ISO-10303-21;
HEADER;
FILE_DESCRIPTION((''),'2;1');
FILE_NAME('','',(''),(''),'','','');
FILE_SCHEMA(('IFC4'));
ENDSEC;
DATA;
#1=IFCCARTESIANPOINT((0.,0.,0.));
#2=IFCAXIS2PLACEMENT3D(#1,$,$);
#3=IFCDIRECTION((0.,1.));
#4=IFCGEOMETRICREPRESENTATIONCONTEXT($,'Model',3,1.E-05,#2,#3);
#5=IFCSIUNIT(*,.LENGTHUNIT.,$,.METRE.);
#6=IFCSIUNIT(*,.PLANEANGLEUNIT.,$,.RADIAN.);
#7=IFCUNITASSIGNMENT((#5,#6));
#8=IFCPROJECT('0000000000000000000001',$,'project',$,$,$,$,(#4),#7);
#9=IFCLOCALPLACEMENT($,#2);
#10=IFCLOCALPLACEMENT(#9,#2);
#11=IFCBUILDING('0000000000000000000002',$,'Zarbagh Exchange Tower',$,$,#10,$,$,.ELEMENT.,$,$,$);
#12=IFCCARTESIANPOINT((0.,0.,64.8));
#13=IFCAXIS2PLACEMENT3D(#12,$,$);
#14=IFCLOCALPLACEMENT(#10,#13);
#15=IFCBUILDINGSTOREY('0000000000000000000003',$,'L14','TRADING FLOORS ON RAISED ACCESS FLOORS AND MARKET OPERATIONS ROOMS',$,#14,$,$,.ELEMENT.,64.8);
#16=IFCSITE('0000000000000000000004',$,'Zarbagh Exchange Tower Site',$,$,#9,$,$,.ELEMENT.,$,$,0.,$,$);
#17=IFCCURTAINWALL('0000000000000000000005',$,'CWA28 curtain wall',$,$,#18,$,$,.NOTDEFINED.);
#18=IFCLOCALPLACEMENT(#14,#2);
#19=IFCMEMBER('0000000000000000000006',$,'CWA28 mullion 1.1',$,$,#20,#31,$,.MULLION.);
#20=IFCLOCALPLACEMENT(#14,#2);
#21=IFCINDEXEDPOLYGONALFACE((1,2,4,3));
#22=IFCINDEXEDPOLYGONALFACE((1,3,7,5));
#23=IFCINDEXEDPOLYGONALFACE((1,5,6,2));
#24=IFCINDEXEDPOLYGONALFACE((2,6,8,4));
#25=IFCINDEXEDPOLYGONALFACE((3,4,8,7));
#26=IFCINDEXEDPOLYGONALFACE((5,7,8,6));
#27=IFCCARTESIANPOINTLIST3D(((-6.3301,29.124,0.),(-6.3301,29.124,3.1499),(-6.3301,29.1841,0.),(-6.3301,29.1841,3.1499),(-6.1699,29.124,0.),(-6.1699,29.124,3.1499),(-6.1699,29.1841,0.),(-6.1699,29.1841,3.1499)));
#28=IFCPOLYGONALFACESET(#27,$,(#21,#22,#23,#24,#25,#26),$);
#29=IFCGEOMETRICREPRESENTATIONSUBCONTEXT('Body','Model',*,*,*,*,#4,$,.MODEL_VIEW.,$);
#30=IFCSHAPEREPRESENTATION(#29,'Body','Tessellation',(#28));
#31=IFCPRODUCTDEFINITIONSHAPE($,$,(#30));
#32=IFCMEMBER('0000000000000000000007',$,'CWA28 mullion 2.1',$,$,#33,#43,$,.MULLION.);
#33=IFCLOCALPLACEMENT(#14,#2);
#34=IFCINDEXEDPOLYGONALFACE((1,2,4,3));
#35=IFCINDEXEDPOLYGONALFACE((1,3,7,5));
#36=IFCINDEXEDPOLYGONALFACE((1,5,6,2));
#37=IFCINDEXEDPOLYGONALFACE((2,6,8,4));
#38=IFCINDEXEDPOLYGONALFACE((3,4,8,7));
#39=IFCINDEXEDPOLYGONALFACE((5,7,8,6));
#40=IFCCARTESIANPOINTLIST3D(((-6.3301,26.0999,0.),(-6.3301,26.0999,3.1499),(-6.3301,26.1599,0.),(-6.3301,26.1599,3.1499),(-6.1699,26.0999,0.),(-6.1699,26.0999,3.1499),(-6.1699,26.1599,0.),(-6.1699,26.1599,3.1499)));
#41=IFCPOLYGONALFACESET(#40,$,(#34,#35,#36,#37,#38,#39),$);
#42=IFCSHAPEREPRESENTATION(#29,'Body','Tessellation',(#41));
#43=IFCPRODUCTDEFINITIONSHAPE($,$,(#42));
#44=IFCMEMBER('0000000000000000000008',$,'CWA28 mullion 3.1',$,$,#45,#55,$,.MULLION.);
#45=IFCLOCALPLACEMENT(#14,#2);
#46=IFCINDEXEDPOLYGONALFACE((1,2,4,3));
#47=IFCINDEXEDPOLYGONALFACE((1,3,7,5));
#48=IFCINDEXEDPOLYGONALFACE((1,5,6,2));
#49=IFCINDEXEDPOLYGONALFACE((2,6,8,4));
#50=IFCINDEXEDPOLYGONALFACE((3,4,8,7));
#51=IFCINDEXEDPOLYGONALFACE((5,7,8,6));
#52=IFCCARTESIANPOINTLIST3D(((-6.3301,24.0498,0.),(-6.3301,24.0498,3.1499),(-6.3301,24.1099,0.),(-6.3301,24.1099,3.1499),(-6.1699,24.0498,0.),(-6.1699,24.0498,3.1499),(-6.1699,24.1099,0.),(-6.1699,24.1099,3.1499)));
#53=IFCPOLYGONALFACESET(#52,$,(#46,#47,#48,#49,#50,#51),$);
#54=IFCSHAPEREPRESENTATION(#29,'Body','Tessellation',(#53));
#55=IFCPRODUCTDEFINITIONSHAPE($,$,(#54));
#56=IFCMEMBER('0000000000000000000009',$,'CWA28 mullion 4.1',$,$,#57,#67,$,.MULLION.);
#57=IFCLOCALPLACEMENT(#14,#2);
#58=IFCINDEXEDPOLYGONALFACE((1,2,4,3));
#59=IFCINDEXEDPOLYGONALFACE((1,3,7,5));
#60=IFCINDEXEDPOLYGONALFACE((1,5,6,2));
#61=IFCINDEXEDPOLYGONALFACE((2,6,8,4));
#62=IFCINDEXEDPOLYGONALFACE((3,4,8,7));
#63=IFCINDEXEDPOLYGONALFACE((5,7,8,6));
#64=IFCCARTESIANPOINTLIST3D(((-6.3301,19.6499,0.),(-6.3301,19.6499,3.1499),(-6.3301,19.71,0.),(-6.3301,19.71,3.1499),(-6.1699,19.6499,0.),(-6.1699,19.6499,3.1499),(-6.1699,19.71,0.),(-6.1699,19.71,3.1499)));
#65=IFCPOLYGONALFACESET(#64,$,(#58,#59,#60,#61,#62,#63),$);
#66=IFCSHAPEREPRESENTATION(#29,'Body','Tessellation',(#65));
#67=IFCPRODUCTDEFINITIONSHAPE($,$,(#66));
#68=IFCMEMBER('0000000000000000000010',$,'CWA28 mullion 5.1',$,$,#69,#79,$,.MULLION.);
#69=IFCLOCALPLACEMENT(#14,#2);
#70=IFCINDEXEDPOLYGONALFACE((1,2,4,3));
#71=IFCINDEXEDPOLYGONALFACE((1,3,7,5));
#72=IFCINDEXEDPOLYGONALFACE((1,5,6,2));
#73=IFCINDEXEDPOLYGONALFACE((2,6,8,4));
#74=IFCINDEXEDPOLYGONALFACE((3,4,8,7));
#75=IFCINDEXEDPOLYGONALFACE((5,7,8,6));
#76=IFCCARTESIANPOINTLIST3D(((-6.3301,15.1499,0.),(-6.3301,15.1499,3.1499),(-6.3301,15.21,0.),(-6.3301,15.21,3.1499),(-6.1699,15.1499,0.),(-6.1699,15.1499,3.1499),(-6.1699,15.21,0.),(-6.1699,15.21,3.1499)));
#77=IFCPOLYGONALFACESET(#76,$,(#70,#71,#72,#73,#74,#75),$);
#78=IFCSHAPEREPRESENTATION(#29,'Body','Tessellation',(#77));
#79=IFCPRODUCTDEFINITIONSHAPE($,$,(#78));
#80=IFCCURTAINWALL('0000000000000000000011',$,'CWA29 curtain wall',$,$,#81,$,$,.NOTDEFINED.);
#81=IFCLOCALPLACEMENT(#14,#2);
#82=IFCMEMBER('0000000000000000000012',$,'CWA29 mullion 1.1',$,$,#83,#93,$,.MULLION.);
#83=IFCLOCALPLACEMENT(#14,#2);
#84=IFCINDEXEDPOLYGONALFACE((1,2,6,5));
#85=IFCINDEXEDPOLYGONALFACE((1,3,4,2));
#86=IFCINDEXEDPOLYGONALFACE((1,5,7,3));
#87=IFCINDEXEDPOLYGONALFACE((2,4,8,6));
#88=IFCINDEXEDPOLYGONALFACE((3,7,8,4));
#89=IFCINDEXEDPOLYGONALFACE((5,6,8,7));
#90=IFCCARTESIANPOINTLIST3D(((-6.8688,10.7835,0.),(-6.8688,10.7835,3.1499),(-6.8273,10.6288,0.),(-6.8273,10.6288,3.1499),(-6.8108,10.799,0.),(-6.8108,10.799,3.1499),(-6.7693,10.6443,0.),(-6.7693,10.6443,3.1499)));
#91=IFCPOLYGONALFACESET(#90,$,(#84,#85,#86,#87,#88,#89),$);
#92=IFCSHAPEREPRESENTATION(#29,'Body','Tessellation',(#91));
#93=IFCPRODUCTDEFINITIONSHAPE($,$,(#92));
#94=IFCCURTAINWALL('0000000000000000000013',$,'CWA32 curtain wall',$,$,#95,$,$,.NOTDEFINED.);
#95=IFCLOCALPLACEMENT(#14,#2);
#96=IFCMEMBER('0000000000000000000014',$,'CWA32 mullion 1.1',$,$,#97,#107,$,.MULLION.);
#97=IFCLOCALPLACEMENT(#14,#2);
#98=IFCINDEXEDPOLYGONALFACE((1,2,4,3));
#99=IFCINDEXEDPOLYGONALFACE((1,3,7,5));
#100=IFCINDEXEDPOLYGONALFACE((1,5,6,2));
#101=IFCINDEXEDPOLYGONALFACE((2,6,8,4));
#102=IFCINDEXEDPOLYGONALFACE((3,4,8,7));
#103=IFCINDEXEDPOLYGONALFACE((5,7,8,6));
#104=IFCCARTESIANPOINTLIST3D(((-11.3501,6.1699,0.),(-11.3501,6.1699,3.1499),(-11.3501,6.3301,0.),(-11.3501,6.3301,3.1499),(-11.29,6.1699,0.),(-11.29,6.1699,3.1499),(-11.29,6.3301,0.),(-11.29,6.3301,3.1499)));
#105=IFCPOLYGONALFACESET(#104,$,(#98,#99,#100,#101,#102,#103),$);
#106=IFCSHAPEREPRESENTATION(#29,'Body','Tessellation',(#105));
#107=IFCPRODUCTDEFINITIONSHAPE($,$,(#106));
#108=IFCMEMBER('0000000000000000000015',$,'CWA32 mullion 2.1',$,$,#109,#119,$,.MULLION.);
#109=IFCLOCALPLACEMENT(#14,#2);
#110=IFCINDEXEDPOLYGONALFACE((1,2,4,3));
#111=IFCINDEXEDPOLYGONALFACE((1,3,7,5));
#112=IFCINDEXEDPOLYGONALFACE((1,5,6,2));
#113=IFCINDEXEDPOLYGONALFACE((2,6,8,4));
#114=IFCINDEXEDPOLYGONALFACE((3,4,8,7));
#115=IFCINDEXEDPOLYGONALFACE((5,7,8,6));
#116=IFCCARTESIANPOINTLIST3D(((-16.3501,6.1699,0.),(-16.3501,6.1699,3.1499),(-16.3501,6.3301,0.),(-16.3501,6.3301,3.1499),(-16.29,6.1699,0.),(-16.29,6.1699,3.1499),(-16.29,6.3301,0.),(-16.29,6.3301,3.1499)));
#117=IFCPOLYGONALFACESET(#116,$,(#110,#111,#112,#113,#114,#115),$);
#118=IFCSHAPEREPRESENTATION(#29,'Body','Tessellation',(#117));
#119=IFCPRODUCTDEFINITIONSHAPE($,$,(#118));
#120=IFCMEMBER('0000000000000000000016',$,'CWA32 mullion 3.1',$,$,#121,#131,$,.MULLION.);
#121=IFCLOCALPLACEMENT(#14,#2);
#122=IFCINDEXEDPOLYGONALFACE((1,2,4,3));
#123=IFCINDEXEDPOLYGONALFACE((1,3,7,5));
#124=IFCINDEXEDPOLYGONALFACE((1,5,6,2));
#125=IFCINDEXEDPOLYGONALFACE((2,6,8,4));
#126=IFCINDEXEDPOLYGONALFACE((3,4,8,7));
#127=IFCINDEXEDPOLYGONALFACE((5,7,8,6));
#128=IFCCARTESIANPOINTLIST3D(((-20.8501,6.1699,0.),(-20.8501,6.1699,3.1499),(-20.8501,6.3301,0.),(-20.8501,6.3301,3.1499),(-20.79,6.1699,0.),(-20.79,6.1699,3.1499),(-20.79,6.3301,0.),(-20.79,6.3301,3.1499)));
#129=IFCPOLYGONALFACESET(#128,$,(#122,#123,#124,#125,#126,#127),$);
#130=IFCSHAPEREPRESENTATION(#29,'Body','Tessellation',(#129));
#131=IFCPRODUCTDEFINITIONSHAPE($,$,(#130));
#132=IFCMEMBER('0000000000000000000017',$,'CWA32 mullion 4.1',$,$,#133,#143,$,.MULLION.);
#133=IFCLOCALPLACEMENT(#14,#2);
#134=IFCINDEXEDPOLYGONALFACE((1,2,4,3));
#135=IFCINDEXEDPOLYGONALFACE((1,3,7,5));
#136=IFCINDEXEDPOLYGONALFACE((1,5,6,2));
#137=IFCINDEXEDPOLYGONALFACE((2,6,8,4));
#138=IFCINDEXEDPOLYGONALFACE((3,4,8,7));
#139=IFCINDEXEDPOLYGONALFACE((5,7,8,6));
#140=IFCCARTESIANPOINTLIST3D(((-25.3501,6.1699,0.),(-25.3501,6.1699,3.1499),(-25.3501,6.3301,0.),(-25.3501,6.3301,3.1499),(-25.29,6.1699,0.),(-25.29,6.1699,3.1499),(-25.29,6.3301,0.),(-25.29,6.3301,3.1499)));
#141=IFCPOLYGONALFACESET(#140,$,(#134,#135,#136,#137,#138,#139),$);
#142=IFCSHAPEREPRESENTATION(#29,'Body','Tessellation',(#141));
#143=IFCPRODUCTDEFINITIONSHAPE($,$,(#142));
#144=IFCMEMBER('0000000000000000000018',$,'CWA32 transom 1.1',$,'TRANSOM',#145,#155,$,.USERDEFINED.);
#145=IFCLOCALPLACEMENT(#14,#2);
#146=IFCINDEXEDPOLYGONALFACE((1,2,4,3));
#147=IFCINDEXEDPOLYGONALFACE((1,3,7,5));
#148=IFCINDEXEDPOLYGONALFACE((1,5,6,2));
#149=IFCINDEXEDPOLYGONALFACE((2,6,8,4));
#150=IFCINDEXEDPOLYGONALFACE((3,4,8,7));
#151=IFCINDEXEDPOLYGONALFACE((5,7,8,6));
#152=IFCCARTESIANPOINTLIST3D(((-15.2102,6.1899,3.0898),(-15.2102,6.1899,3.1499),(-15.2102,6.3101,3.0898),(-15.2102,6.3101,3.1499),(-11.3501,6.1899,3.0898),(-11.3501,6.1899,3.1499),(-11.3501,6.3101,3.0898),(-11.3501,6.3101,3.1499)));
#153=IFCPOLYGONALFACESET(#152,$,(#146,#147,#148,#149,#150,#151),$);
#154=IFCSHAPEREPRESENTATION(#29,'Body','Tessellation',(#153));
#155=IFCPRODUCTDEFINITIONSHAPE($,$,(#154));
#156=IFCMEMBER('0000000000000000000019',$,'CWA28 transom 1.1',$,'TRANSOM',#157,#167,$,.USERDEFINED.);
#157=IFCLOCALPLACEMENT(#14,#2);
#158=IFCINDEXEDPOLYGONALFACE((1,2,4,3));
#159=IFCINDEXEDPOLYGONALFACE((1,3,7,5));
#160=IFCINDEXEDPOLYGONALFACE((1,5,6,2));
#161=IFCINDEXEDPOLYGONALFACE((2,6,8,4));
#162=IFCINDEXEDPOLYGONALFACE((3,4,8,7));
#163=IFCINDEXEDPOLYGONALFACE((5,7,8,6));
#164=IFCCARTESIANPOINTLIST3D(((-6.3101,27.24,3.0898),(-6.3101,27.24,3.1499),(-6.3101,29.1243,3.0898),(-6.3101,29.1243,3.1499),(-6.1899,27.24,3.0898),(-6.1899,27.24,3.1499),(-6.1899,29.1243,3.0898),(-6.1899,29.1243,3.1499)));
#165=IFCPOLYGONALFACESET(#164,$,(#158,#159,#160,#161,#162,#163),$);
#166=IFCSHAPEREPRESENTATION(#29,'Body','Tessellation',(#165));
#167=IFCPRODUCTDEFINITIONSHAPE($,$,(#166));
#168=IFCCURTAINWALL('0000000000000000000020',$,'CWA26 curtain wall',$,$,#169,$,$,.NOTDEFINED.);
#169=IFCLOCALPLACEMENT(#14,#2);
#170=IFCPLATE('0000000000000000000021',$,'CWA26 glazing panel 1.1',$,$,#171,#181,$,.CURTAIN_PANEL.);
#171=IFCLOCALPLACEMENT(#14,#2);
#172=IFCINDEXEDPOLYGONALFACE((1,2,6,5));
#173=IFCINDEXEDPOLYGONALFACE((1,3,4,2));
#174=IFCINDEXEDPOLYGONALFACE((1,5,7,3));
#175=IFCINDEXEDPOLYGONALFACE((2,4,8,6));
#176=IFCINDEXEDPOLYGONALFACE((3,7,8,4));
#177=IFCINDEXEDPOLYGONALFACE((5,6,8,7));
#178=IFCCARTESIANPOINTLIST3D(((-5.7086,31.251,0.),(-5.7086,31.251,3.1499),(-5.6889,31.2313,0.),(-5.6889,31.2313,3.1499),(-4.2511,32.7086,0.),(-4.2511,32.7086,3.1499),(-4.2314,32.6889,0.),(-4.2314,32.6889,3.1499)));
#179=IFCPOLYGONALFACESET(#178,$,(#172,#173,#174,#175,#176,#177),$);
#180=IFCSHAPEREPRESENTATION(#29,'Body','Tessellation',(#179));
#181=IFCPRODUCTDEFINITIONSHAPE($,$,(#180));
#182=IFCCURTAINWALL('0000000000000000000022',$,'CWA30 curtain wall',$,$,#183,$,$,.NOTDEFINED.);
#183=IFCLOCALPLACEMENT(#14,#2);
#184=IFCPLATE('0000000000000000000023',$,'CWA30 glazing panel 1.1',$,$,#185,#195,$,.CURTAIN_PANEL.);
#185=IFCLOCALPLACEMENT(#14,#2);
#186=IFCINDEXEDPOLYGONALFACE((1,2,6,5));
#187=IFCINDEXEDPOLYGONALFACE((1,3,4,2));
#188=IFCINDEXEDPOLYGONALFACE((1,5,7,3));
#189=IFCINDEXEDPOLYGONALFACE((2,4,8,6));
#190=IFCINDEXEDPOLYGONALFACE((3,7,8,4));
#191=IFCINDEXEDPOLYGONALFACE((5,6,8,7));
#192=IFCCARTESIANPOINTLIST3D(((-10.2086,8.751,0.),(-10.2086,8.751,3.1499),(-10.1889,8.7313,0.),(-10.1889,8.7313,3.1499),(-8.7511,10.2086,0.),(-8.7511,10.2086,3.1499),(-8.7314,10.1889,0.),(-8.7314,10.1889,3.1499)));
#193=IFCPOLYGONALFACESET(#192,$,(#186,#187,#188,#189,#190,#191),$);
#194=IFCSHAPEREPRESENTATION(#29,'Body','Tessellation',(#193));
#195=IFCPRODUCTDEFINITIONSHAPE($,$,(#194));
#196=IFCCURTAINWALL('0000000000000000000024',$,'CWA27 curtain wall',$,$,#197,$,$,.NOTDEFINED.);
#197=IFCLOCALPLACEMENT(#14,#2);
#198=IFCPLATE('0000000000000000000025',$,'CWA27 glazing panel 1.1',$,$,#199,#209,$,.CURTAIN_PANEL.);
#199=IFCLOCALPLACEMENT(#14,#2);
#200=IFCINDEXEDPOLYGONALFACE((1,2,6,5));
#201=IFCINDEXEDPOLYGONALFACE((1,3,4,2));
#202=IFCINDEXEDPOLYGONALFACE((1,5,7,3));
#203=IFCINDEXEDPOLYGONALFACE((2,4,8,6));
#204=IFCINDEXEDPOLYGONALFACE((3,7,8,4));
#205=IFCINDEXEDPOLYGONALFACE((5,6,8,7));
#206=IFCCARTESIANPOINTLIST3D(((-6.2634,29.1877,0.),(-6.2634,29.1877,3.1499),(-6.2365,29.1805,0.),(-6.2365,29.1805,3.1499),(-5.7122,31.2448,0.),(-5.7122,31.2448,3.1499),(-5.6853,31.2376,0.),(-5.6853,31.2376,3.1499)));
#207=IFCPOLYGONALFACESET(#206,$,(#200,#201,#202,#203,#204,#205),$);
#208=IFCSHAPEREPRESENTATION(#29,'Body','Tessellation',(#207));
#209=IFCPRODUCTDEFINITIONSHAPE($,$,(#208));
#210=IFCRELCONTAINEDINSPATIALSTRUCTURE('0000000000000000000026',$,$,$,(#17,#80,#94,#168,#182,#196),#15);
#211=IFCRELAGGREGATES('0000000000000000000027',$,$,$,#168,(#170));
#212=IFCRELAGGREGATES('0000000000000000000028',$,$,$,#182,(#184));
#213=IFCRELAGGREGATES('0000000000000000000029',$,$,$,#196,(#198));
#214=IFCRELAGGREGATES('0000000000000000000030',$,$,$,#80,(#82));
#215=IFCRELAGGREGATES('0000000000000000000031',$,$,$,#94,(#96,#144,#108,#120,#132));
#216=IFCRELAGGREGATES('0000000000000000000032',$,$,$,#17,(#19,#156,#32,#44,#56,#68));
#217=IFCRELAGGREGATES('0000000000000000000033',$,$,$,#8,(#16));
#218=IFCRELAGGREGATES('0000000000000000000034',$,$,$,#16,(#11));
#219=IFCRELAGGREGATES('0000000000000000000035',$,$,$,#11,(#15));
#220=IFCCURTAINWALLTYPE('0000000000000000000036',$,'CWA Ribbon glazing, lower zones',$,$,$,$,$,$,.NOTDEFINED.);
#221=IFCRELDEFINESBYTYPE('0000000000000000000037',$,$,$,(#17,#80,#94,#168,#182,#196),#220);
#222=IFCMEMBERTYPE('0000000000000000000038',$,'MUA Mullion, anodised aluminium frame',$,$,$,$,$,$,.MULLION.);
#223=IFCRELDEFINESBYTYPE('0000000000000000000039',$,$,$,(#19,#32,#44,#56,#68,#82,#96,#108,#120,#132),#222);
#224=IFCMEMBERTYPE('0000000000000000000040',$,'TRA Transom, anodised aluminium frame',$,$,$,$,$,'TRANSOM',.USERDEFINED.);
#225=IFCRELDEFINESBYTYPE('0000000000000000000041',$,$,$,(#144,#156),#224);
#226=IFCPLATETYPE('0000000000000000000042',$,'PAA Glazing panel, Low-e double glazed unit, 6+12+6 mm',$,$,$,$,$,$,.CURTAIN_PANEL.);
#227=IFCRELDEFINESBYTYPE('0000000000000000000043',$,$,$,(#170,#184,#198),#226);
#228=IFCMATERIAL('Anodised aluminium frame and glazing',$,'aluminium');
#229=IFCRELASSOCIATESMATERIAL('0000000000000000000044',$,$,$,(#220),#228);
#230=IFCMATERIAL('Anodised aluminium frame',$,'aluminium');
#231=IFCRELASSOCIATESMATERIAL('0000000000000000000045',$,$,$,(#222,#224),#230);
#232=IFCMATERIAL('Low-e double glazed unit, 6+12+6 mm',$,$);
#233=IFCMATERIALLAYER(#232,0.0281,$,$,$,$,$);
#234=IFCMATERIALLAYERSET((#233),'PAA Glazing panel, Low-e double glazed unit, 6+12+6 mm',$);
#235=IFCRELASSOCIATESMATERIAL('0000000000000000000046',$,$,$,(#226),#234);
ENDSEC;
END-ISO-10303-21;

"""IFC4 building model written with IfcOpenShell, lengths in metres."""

from ifc_helpers import new_model, si_unit, direction, frame, origin, place, context, subcontext, project, spatial, polyline, outline, extrude, source, transform, mapped, material, layer, layer_set, type_object, element, aggregate, save


model = new_model("IFC4")

# Units and contexts
model_context = context("Model", 3, precision=1e-05, world=origin(), true_north=direction((0.0, 1.0)))
body_context = subcontext(model_context, "Body", "Model", "MODEL_VIEW")
ifc_project = project(units=[si_unit("LENGTHUNIT", "METRE"), si_unit("PLANEANGLEUNIT", "RADIAN")], contexts=[model_context])

# Site, building, storey
site_placement = place(None, origin())
site = spatial("IfcSite", under=ifc_project, at=site_placement, Name="Zarbagh Exchange Tower Site", CompositionType="ELEMENT", RefElevation=0.0)
building_placement = place(site_placement, origin())
building = spatial("IfcBuilding", under=site, at=building_placement, Name="Zarbagh Exchange Tower", CompositionType="ELEMENT")
storey_placement = place(building_placement, frame((0.0, 0.0, 64.8)))
storey = spatial("IfcBuildingStorey", under=building, at=storey_placement, Name="L14", Description="TRADING FLOORS ON RAISED ACCESS FLOORS AND MARKET OPERATIONS ROOMS", CompositionType="ELEMENT", Elevation=64.8)

# Curtain wall, members
ifc_material_1 = material(Name="Anodised aluminium frame and glazing", Category="aluminium")
curtain_wall_type = type_object("IfcCurtainWallType", Name="CWA Ribbon glazing, lower zones", PredefinedType="NOTDEFINED", material=ifc_material_1)
curtain_wall_1_placement = place(storey_placement, origin())
curtain_wall_1 = element("IfcCurtainWall", 1, at=curtain_wall_1_placement, inside=storey, type_object=curtain_wall_type, Name="CWA28 curtain wall", PredefinedType="NOTDEFINED")
ifc_material_2 = material(Name="Anodised aluminium frame", Category="aluminium")
member_type_1 = type_object("IfcMemberType", Name="MUA Mullion, anodised aluminium frame", PredefinedType="MULLION", material=ifc_material_2)
shared_shape_1 = source(origin(), body_context, "Body", "SweptSolid", [
    extrude(outline(polyline([(0.0, -0.0801), (0.0601, -0.0801), (0.0601, 0.0801), (0.0, 0.0801), (0.0, -0.0801)])), origin(), (0.0, 0.0, 1.0), 3.1499),
])
placement = place(storey_placement, origin())
member_1 = element("IfcMember", 2, at=placement, type_object=member_type_1, Name="CWA28 mullion 1.1", PredefinedType="MULLION", context=body_context, shape_type="MappedRepresentation", body=[
    mapped(shared_shape_1, transform((-6.25, 29.1841, 0.0), x_axis=(0.0, -1.0, 0.0), y_axis=(1.0, 0.0, 0.0), z_axis=(0.0, 0.0, 1.0))),
])
member_2 = element("IfcMember", 3, at=placement, type_object=member_type_1, Name="CWA28 mullion 2.1", PredefinedType="MULLION", context=body_context, shape_type="MappedRepresentation", body=[
    mapped(shared_shape_1, transform((-6.25, 26.1599, 0.0), x_axis=(0.0, -1.0, 0.0), y_axis=(1.0, 0.0, 0.0), z_axis=(0.0, 0.0, 1.0))),
])
member_3 = element("IfcMember", 4, at=placement, type_object=member_type_1, Name="CWA28 mullion 3.1", PredefinedType="MULLION", context=body_context, shape_type="MappedRepresentation", body=[
    mapped(shared_shape_1, transform((-6.25, 24.1099, 0.0), x_axis=(0.0, -1.0, 0.0), y_axis=(1.0, 0.0, 0.0), z_axis=(0.0, 0.0, 1.0))),
])
member_4 = element("IfcMember", 5, at=placement, type_object=member_type_1, Name="CWA28 mullion 4.1", PredefinedType="MULLION", context=body_context, shape_type="MappedRepresentation", body=[
    mapped(shared_shape_1, transform((-6.25, 19.71, 0.0), x_axis=(0.0, -1.0, 0.0), y_axis=(1.0, 0.0, 0.0), z_axis=(0.0, 0.0, 1.0))),
])
member_5 = element("IfcMember", 6, at=placement, type_object=member_type_1, Name="CWA28 mullion 5.1", PredefinedType="MULLION", context=body_context, shape_type="MappedRepresentation", body=[
    mapped(shared_shape_1, transform((-6.25, 15.21, 0.0), x_axis=(0.0, -1.0, 0.0), y_axis=(1.0, 0.0, 0.0), z_axis=(0.0, 0.0, 1.0))),
])

# Curtain wall, member
curtain_wall_2_placement = place(storey_placement, origin())
curtain_wall_2 = element("IfcCurtainWall", 7, at=curtain_wall_2_placement, inside=storey, type_object=curtain_wall_type, Name="CWA29 curtain wall", PredefinedType="NOTDEFINED")
member_6 = element("IfcMember", 8, at=placement, type_object=member_type_1, Name="CWA29 mullion 1.1", PredefinedType="MULLION", context=body_context, shape_type="MappedRepresentation", body=[
    mapped(shared_shape_1, transform((-6.79, 10.7217, 0.0), x_axis=(-0.965924, -0.258825, 0.0), y_axis=(0.258825, -0.965924, 0.0), z_axis=(0.0, 0.0, 1.0))),
])

# Curtain wall, members
curtain_wall_3_placement = place(storey_placement, origin())
curtain_wall_3 = element("IfcCurtainWall", 9, at=curtain_wall_3_placement, inside=storey, type_object=curtain_wall_type, Name="CWA32 curtain wall", PredefinedType="NOTDEFINED")
member_7 = element("IfcMember", 10, at=placement, type_object=member_type_1, Name="CWA32 mullion 1.1", PredefinedType="MULLION", context=body_context, shape_type="MappedRepresentation", body=[
    mapped(shared_shape_1, transform((-11.29, 6.25, 0.0), x_axis=(-1.0, 0.0, 0.0), y_axis=(0.0, -1.0, 0.0), z_axis=(0.0, 0.0, 1.0))),
])
member_8 = element("IfcMember", 11, at=placement, type_object=member_type_1, Name="CWA32 mullion 2.1", PredefinedType="MULLION", context=body_context, shape_type="MappedRepresentation", body=[
    mapped(shared_shape_1, transform((-16.29, 6.25, 0.0), x_axis=(-1.0, 0.0, 0.0), y_axis=(0.0, -1.0, 0.0), z_axis=(0.0, 0.0, 1.0))),
])
member_9 = element("IfcMember", 12, at=placement, type_object=member_type_1, Name="CWA32 mullion 3.1", PredefinedType="MULLION", context=body_context, shape_type="MappedRepresentation", body=[
    mapped(shared_shape_1, transform((-20.79, 6.25, 0.0), x_axis=(-1.0, 0.0, 0.0), y_axis=(0.0, -1.0, 0.0), z_axis=(0.0, 0.0, 1.0))),
])
member_10 = element("IfcMember", 13, at=placement, type_object=member_type_1, Name="CWA32 mullion 4.1", PredefinedType="MULLION", context=body_context, shape_type="MappedRepresentation", body=[
    mapped(shared_shape_1, transform((-25.29, 6.25, 0.0), x_axis=(-1.0, 0.0, 0.0), y_axis=(0.0, -1.0, 0.0), z_axis=(0.0, 0.0, 1.0))),
])
member_type_2 = type_object("IfcMemberType", Name="TRA Transom, anodised aluminium frame", ElementType="TRANSOM", PredefinedType="USERDEFINED", material=ifc_material_2)
shared_shape_2 = source(origin(), body_context, "Body", "SweptSolid", [
    extrude(outline(polyline([(-0.0601, -0.0601), (0.0, -0.0601), (0.0, 0.0601), (-0.0601, 0.0601), (-0.0601, -0.0601)])), origin(), (0.0, 0.0, 1.0), 3.8601),
])
member_11 = element("IfcMember", 14, at=placement, type_object=member_type_2, Name="CWA32 transom 1.1", ObjectType="TRANSOM", PredefinedType="USERDEFINED", context=body_context, shape_type="MappedRepresentation", body=[
    mapped(shared_shape_2, transform((-11.3501, 6.25, 3.1499), x_axis=(0.0, 0.0, 1.0), y_axis=(0.0, 1.0, 0.0), z_axis=(-1.0, 0.0, 0.0))),
])

# Member
shared_shape_3 = source(origin(), body_context, "Body", "SweptSolid", [
    extrude(outline(polyline([(-0.0601, -0.0601), (0.0, -0.0601), (0.0, 0.0601), (-0.0601, 0.0601), (-0.0601, -0.0601)])), origin(), (0.0, 0.0, 1.0), 1.8843),
])
member_12 = element("IfcMember", 15, at=placement, type_object=member_type_2, Name="CWA28 transom 1.1", ObjectType="TRANSOM", PredefinedType="USERDEFINED", context=body_context, shape_type="MappedRepresentation", body=[
    mapped(shared_shape_3, transform((-6.25, 29.1243, 3.1499), x_axis=(0.0, 0.0, 1.0), y_axis=(-1.0, 0.0, 0.0), z_axis=(0.0, -1.0, 0.0))),
])

# Curtain walls, plates
curtain_wall_4_placement = place(storey_placement, origin())
curtain_wall_4 = element("IfcCurtainWall", 16, at=curtain_wall_4_placement, inside=storey, type_object=curtain_wall_type, Name="CWA26 curtain wall", PredefinedType="NOTDEFINED")
ifc_material_3 = material(Name="Low-e double glazed unit, 6+12+6 mm")
ifc_layer = layer(ifc_material_3, 0.0281)
ifc_layer_set = layer_set([ifc_layer], Name="PAA Glazing panel, Low-e double glazed unit, 6+12+6 mm")
plate_type = type_object("IfcPlateType", Name="PAA Glazing panel, Low-e double glazed unit, 6+12+6 mm", PredefinedType="CURTAIN_PANEL", material=ifc_layer_set)
shared_shape_4 = source(origin(), body_context, "Body", "SweptSolid", [
    extrude(outline(polyline([(0.0, -0.0139), (2.0613, -0.0139), (2.0613, 0.0139), (0.0, 0.0139), (0.0, -0.0139)])), origin(), (0.0, 0.0, 1.0), 3.1499),
])
plate_1 = element("IfcPlate", 17, at=placement, type_object=plate_type, Name="CWA26 glazing panel 1.1", PredefinedType="CURTAIN_PANEL", context=body_context, shape_type="MappedRepresentation", body=[
    mapped(shared_shape_4, transform((-4.2412, 32.6987, 0.0), x_axis=(-0.707107, -0.707107, 0.0), y_axis=(0.707107, -0.707107, 0.0), z_axis=(0.0, 0.0, 1.0))),
])
aggregate(curtain_wall_4, [plate_1])
curtain_wall_5_placement = place(storey_placement, origin())
curtain_wall_5 = element("IfcCurtainWall", 18, at=curtain_wall_5_placement, inside=storey, type_object=curtain_wall_type, Name="CWA30 curtain wall", PredefinedType="NOTDEFINED")
plate_2 = element("IfcPlate", 19, at=placement, type_object=plate_type, Name="CWA30 glazing panel 1.1", PredefinedType="CURTAIN_PANEL", context=body_context, shape_type="MappedRepresentation", body=[
    mapped(shared_shape_4, transform((-8.7412, 10.1987, 0.0), x_axis=(-0.707107, -0.707107, 0.0), y_axis=(0.707107, -0.707107, 0.0), z_axis=(0.0, 0.0, 1.0))),
])
aggregate(curtain_wall_5, [plate_2])
curtain_wall_6_placement = place(storey_placement, origin())
curtain_wall_6 = element("IfcCurtainWall", 20, at=curtain_wall_6_placement, inside=storey, type_object=curtain_wall_type, Name="CWA27 curtain wall", PredefinedType="NOTDEFINED")
shared_shape_5 = source(origin(), body_context, "Body", "SweptSolid", [
    extrude(outline(polyline([(0.0, -0.0139), (2.1296, -0.0139), (2.1296, 0.0139), (0.0, 0.0139), (0.0, -0.0139)])), origin(), (0.0, 0.0, 1.0), 3.1499),
])
plate_3 = element("IfcPlate", 21, at=placement, type_object=plate_type, Name="CWA27 glazing panel 1.1", PredefinedType="CURTAIN_PANEL", context=body_context, shape_type="MappedRepresentation", body=[
    mapped(shared_shape_5, transform((-5.6987, 31.2412, 0.0), x_axis=(-0.258825, -0.965924, 0.0), y_axis=(0.965924, -0.258825, 0.0), z_axis=(0.0, 0.0, 1.0))),
])
aggregate(curtain_wall_6, [plate_3])

aggregate(curtain_wall_2, [member_6])

aggregate(curtain_wall_3, [member_7, member_11, member_8, member_9, member_10])
aggregate(curtain_wall_1, [member_1, member_12, member_2, member_3, member_4, member_5])

save(model, "model.ifc")
